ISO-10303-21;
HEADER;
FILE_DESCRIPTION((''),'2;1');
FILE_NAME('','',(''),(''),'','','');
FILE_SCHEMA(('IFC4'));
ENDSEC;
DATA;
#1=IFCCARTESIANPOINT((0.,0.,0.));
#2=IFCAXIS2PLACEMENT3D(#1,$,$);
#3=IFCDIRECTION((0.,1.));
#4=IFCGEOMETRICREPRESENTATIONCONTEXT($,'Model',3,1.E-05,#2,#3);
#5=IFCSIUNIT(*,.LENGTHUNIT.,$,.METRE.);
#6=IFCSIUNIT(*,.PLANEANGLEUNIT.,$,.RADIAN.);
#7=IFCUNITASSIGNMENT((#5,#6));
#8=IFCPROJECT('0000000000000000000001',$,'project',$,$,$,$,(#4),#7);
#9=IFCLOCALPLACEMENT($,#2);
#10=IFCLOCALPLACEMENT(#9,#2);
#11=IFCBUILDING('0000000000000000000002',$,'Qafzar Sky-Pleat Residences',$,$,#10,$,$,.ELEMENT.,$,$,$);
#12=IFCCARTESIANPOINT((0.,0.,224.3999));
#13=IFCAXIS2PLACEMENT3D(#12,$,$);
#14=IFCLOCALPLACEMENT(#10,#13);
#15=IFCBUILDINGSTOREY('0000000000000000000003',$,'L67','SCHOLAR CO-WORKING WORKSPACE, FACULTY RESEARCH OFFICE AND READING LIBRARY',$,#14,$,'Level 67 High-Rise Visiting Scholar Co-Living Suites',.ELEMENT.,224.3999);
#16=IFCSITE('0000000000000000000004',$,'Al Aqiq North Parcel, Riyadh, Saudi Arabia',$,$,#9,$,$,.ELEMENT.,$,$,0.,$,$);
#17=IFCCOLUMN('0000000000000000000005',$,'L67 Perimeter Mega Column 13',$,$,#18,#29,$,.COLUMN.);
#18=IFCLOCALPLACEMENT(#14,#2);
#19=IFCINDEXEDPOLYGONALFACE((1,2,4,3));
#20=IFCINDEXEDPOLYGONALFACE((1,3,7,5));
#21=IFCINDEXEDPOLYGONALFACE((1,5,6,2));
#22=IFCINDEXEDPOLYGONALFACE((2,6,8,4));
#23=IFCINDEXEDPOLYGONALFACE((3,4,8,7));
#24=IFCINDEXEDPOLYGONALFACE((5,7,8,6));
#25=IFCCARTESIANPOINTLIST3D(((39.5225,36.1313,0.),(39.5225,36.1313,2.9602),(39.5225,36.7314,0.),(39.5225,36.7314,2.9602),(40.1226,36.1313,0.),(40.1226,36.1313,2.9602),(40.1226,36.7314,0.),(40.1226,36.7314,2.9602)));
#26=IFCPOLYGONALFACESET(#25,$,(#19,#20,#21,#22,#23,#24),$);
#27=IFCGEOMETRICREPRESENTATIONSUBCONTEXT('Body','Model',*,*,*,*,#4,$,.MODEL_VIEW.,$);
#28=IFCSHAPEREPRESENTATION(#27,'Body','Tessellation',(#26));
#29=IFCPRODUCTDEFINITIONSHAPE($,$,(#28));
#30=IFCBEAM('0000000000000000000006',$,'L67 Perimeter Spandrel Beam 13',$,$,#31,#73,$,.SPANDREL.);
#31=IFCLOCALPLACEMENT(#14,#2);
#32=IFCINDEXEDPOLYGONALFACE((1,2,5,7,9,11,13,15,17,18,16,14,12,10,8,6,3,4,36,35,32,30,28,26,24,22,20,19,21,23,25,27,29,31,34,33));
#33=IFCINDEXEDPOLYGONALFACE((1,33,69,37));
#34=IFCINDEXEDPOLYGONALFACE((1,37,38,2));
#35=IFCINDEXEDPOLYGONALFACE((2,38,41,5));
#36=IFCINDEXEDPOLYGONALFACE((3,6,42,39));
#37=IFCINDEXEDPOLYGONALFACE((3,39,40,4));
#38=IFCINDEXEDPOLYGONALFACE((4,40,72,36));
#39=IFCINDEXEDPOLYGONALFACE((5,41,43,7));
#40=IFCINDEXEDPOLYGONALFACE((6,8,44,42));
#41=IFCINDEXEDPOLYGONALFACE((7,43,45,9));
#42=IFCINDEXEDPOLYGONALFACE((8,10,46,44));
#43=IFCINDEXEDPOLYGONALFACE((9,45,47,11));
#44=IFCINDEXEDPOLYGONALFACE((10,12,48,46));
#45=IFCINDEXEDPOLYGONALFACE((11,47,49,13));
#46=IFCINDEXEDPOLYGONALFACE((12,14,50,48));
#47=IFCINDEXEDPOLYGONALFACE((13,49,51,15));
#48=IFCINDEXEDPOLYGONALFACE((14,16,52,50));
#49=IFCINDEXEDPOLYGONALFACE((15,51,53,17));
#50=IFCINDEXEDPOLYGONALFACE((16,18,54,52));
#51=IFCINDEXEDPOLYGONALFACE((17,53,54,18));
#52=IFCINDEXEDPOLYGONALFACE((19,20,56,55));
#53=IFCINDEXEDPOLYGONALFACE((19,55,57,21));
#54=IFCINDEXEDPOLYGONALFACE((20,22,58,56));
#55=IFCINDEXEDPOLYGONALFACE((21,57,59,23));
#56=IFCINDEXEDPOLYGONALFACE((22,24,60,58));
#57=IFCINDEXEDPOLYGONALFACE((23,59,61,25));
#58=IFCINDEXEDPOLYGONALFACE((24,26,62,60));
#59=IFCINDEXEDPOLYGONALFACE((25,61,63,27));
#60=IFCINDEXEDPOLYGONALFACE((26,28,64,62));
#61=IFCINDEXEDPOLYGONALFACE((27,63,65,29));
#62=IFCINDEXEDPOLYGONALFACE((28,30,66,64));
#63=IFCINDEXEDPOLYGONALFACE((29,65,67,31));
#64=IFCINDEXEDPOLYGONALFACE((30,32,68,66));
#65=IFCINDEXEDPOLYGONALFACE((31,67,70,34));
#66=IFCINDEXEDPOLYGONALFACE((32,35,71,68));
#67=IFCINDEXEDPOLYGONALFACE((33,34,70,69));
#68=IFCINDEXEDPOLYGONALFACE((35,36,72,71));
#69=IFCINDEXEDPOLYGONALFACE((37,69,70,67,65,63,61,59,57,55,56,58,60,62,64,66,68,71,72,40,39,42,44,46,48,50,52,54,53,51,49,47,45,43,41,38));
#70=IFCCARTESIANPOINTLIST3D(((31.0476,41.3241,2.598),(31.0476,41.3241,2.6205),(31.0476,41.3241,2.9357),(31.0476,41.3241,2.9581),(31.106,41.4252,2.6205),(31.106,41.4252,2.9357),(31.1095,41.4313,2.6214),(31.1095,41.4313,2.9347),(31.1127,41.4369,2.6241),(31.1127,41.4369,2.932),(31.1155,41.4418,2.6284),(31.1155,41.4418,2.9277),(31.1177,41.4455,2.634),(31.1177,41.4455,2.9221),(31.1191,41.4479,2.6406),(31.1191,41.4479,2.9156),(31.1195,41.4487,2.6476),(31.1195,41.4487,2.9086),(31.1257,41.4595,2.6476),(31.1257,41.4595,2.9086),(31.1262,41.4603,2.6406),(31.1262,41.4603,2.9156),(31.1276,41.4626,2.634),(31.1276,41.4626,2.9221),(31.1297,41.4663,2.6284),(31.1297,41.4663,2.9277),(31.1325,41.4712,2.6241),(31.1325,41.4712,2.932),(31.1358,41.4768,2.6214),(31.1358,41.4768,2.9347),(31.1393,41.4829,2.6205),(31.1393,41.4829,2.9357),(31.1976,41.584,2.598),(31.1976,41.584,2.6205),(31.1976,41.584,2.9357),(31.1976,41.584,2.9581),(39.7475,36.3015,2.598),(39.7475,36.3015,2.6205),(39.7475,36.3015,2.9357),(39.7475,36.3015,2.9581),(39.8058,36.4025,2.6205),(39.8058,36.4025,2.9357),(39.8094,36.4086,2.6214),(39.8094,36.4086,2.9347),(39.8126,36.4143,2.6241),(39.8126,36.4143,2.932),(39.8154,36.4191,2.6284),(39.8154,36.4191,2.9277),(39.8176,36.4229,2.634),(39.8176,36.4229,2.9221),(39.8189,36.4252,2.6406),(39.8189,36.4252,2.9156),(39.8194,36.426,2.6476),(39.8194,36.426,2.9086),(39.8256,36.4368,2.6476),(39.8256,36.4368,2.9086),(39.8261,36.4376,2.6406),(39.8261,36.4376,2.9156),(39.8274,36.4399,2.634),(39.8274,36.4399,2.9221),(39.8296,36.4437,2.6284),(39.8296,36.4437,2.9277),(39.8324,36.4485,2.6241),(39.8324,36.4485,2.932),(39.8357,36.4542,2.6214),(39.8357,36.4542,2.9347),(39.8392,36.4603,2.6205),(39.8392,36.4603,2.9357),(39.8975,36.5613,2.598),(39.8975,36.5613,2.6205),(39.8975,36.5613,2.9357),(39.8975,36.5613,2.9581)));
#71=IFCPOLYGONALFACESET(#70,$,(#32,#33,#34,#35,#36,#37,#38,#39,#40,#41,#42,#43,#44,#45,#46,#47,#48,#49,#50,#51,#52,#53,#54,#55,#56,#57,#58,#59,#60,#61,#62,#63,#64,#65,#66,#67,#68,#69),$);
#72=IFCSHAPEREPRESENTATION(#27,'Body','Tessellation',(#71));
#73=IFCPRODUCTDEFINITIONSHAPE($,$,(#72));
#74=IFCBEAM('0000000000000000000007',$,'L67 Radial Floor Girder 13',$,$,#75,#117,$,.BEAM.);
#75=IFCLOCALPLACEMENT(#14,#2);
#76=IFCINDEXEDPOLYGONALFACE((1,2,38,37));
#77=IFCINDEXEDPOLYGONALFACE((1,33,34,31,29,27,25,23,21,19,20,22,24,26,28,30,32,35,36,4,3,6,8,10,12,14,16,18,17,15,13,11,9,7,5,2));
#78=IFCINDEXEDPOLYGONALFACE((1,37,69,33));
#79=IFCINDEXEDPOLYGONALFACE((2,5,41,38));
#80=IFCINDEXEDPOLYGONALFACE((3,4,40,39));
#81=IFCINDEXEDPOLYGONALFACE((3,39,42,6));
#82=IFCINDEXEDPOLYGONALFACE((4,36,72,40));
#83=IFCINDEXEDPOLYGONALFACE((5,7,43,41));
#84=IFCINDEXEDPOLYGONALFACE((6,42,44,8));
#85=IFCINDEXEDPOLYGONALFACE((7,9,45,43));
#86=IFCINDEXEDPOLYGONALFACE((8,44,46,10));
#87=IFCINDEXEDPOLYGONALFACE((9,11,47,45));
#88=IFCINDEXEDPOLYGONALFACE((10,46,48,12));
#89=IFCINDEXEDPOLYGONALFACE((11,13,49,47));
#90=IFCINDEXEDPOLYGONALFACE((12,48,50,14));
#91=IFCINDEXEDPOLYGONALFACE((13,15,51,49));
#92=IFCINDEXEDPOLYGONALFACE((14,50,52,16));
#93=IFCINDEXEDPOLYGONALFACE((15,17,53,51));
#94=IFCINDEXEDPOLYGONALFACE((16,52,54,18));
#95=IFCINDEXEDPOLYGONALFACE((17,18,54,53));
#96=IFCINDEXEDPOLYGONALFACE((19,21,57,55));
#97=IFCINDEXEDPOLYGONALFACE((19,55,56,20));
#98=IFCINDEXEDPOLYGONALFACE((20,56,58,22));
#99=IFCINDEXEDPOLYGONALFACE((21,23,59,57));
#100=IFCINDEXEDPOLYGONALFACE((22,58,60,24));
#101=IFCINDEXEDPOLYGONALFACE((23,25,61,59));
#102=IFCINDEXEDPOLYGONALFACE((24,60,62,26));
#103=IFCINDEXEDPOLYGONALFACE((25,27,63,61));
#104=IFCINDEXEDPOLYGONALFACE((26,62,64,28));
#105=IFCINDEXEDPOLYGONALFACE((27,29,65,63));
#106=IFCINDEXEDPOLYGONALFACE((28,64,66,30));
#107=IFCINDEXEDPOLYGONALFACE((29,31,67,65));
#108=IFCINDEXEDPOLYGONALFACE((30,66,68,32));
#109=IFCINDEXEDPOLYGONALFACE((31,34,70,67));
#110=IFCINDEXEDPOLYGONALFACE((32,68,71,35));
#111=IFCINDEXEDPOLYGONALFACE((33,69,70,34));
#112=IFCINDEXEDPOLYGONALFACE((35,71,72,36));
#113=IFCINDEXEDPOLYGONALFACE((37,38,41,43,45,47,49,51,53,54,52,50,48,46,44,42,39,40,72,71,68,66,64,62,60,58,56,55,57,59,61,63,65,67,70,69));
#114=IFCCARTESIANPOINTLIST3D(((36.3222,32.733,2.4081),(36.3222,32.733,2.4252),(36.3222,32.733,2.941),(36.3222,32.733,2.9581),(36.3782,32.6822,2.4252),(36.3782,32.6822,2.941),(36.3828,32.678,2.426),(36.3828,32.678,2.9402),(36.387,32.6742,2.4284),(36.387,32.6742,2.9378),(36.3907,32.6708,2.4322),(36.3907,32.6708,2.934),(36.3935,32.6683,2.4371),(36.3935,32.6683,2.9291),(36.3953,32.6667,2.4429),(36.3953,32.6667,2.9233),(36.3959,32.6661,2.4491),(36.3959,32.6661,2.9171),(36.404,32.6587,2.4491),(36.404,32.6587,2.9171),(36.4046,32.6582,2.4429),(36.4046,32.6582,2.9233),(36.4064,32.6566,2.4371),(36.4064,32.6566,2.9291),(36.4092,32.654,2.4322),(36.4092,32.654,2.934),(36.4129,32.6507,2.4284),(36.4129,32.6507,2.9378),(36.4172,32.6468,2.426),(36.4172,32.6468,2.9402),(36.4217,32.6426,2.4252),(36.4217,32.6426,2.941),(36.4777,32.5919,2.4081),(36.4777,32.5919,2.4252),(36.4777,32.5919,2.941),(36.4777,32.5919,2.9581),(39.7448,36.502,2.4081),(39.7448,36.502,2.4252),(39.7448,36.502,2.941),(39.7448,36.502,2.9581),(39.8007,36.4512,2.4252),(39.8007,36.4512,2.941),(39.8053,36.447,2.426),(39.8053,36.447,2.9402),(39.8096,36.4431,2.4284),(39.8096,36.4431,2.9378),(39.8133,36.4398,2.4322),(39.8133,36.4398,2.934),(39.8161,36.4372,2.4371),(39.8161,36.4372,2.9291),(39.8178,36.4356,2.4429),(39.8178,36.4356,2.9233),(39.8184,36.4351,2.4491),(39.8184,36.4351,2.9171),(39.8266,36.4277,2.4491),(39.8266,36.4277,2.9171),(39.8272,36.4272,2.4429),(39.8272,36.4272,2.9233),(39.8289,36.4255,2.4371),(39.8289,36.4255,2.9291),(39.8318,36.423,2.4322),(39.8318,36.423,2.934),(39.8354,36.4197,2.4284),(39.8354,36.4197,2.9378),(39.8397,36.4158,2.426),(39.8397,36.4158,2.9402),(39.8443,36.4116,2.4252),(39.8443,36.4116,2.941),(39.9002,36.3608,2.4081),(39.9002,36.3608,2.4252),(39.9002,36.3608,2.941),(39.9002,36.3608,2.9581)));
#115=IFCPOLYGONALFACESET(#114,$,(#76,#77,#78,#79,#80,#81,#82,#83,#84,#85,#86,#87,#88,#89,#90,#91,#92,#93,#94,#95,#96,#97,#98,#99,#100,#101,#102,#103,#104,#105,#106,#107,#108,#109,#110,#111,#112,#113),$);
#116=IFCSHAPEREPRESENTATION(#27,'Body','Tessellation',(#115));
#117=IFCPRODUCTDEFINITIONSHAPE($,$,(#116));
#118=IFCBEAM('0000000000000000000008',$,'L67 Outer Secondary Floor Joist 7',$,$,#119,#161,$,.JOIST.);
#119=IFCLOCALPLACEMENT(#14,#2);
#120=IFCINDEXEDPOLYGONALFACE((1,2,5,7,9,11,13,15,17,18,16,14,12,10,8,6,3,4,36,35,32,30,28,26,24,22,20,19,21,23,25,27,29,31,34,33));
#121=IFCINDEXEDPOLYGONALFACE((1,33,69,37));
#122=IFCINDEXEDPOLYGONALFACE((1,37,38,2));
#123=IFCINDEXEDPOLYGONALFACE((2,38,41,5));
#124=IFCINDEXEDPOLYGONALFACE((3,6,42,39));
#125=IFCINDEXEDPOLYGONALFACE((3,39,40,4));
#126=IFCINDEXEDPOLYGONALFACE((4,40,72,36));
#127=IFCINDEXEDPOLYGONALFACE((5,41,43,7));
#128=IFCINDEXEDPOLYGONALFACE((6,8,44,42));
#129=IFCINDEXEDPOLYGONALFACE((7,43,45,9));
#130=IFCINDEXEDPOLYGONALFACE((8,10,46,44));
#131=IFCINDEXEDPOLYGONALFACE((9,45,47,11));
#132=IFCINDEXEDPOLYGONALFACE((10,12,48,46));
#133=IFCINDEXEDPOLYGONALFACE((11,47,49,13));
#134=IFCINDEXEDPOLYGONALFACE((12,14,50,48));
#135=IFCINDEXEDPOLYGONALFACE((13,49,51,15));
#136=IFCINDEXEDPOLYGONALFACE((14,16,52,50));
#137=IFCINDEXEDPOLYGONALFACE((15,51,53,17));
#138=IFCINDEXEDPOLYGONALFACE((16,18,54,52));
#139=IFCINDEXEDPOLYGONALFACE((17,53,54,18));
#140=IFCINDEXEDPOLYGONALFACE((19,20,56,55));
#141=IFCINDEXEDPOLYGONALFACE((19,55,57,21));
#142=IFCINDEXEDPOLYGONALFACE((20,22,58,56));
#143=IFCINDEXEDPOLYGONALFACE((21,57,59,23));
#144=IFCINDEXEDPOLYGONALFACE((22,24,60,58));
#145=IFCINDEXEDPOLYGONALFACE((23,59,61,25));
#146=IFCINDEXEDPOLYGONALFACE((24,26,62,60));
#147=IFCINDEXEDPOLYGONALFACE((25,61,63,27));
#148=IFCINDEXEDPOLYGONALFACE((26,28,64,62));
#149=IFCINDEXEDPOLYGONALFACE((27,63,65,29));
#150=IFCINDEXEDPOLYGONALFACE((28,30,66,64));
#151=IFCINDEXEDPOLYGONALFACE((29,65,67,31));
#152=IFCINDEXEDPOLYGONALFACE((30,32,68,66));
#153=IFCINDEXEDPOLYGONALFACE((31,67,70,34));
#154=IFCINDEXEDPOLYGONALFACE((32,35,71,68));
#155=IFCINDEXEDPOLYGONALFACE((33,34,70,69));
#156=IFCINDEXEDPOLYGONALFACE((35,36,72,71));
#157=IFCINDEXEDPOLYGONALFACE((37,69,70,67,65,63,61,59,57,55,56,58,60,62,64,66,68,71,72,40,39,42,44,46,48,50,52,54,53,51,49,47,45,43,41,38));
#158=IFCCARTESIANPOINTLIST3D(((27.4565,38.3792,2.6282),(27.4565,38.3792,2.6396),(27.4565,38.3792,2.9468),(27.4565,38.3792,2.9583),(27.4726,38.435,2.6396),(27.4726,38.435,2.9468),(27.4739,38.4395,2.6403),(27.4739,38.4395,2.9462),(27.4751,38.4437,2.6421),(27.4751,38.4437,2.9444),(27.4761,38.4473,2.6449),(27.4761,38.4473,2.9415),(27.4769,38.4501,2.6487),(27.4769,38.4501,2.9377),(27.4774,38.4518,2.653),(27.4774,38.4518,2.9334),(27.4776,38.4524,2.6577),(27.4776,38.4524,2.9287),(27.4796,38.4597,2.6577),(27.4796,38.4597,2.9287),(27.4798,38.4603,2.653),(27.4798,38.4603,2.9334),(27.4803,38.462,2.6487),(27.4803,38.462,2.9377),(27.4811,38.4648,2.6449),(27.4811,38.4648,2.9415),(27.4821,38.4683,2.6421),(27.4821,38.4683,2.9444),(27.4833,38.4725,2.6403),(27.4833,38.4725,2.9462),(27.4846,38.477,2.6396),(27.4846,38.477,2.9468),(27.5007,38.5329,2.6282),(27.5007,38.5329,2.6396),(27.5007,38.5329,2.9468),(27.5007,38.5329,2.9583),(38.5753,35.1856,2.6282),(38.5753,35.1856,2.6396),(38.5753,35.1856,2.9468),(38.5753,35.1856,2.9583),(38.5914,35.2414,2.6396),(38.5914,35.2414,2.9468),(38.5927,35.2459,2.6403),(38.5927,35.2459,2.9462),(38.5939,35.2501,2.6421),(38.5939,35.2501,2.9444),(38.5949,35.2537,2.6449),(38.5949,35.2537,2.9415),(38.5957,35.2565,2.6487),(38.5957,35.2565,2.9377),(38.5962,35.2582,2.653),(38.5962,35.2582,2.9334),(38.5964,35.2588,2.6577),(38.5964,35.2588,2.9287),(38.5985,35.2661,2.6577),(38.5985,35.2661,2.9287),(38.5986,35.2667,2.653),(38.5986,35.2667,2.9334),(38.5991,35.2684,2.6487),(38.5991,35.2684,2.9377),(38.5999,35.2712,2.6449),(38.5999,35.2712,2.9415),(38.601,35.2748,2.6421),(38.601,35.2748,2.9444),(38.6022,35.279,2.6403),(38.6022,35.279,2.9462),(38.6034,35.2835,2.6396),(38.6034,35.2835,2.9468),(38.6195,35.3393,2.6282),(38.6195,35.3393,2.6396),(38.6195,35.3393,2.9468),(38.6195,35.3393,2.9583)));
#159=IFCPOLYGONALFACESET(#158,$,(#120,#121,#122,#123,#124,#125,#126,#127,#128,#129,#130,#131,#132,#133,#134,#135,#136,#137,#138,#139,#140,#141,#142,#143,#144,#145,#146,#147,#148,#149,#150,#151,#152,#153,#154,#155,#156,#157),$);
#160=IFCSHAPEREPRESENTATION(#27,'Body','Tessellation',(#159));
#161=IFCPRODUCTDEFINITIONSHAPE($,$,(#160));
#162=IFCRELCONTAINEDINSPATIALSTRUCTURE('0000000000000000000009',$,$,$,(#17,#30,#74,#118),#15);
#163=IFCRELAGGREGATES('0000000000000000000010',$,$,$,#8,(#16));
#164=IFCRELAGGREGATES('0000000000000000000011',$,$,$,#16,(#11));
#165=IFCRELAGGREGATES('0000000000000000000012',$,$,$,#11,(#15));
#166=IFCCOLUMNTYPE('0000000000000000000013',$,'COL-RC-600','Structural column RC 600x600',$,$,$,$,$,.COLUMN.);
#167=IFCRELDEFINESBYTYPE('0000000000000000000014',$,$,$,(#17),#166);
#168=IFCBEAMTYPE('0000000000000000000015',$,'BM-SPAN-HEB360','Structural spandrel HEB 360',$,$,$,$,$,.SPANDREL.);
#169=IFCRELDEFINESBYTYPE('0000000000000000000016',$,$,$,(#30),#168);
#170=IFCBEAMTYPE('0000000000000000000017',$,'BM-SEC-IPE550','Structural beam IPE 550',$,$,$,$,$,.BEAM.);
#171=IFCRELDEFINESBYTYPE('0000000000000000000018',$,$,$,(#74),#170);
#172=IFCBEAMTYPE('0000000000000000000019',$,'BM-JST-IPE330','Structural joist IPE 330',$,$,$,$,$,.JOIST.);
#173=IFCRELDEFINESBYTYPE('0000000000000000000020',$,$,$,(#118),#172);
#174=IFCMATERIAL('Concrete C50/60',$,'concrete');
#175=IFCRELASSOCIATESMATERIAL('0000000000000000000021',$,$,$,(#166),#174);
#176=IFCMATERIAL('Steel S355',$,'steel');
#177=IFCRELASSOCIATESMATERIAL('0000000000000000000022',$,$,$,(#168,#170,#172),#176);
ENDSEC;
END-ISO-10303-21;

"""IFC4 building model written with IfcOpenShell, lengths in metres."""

from ifc_helpers import new_model, si_unit, direction, frame, origin, origin_2d, place, context, subcontext, project, spatial, rectangle, i_section, extrude, source, transform, mapped, material, material_profile, profile_set, type_object, element, save


model = new_model("IFC4")

# Units and contexts
model_context = context("Model", 3, precision=1e-05, world=origin(), true_north=direction((0.0, 1.0)))
body_context = subcontext(model_context, "Body", "Model", "MODEL_VIEW")
ifc_project = project(units=[si_unit("LENGTHUNIT", "METRE"), si_unit("PLANEANGLEUNIT", "RADIAN")], contexts=[model_context])

# Site, building, storey
site_placement = place(None, origin())
site = spatial("IfcSite", under=ifc_project, at=site_placement, Name="Al Aqiq North Parcel, Riyadh, Saudi Arabia", CompositionType="ELEMENT", RefElevation=0.0)
building_placement = place(site_placement, origin())
building = spatial("IfcBuilding", under=site, at=building_placement, Name="Qafzar Sky-Pleat Residences", CompositionType="ELEMENT")
storey_placement = place(building_placement, frame((0.0, 0.0, 224.3999)))
storey = spatial("IfcBuildingStorey", under=building, at=storey_placement, Name="L67", Description="SCHOLAR CO-WORKING WORKSPACE, FACULTY RESEARCH OFFICE AND READING LIBRARY", LongName="Level 67 High-Rise Visiting Scholar Co-Living Suites", CompositionType="ELEMENT", Elevation=224.3999)

# Column
ifc_material_1 = material(Name="Concrete C50/60", Category="concrete")
ifc_material_profile_1 = material_profile(ifc_material_1, rectangle(XDim=0.6001, YDim=0.6001, at=origin_2d()), Name="RC 600x600")
ifc_profile_set_1 = profile_set([ifc_material_profile_1], Name="Concrete C50/60")
column_type = type_object("IfcColumnType", Name="COL-RC-600", Description="Structural column RC 600x600", PredefinedType="COLUMN", material=ifc_profile_set_1)
shared_shape_1 = source(origin(), body_context, "Body", "SweptSolid", [
    extrude(rectangle(XDim=0.6001, YDim=0.6001, at=origin_2d()), origin(), (0.0, 0.0, 1.0), 2.9602),
])
column_placement = place(storey_placement, frame((39.8225, 36.4314, 0.0), z_axis=(0.0, 0.0, 1.0), x_axis=(1.0, 0.0, 0.0)))
element("IfcColumn", 1, at=column_placement, inside=storey, type_object=column_type, Name="L67 Perimeter Mega Column 13", PredefinedType="COLUMN", context=body_context, shape_type="MappedRepresentation", body=[
    mapped(shared_shape_1, transform((0.0, 0.0, 0.0), x_axis=(1.0, 0.0, 0.0), y_axis=(0.0, 1.0, 0.0), z_axis=(0.0, 0.0, 1.0), scale=1.0)),
])

# Beams
ifc_material_2 = material(Name="Steel S355", Category="steel")
ifc_material_profile_2 = material_profile(ifc_material_2, i_section(OverallWidth=0.3, OverallDepth=0.3601, WebThickness=0.0125, FlangeThickness=0.0225, FilletRadius=0.0271, at=origin_2d()), Name="HEB 360")
ifc_profile_set_2 = profile_set([ifc_material_profile_2], Name="Steel S355")
beam_type_1 = type_object("IfcBeamType", Name="BM-SPAN-HEB360", Description="Structural spandrel HEB 360", PredefinedType="SPANDREL", material=ifc_profile_set_2)
shared_shape_2 = source(origin(), body_context, "Body", "SweptSolid", [
    extrude(i_section(OverallWidth=0.3, OverallDepth=0.3601, WebThickness=0.0125, FlangeThickness=0.0225, FilletRadius=0.0271, at=origin_2d()), origin(), (0.0, 0.0, 1.0), 10.0457),
])
beam_1_placement = place(storey_placement, frame((39.8225, 36.4314, 2.7781), z_axis=(-0.866035, 0.499984, 0.0), x_axis=(-0.499984, -0.866035, 0.0)))
element("IfcBeam", 2, at=beam_1_placement, inside=storey, type_object=beam_type_1, Name="L67 Perimeter Spandrel Beam 13", PredefinedType="SPANDREL", context=body_context, shape_type="MappedRepresentation", body=[
    mapped(shared_shape_2, transform((0.0, 0.0, 0.0), x_axis=(1.0, 0.0, 0.0), y_axis=(0.0, 1.0, 0.0), z_axis=(0.0, 0.0, 1.0), scale=1.0)),
])
ifc_material_profile_3 = material_profile(ifc_material_2, i_section(OverallWidth=0.21, OverallDepth=0.55, WebThickness=0.011, FlangeThickness=0.0171, FilletRadius=0.0239, at=origin_2d()), Name="IPE 550")
ifc_profile_set_3 = profile_set([ifc_material_profile_3], Name="Steel S355")
beam_type_2 = type_object("IfcBeamType", Name="BM-SEC-IPE550", Description="Structural beam IPE 550", PredefinedType="BEAM", material=ifc_profile_set_3)
shared_shape_3 = source(origin(), body_context, "Body", "SweptSolid", [
    extrude(i_section(OverallWidth=0.21, OverallDepth=0.55, WebThickness=0.011, FlangeThickness=0.0171, FilletRadius=0.0239, at=origin_2d()), origin(), (0.0, 0.0, 1.0), 5.0911),
])
beam_2_placement = place(storey_placement, frame((39.8225, 36.4314, 2.6831), z_axis=(-0.672265, -0.740311, 0.0), x_axis=(0.740311, -0.672265, 0.0)))
element("IfcBeam", 3, at=beam_2_placement, inside=storey, type_object=beam_type_2, Name="L67 Radial Floor Girder 13", PredefinedType="BEAM", context=body_context, shape_type="MappedRepresentation", body=[
    mapped(shared_shape_3, transform((0.0, 0.0, 0.0), x_axis=(1.0, 0.0, 0.0), y_axis=(0.0, 1.0, 0.0), z_axis=(0.0, 0.0, 1.0), scale=1.0)),
])
ifc_material_profile_4 = material_profile(ifc_material_2, i_section(OverallWidth=0.1599, OverallDepth=0.3301, WebThickness=0.0076, FlangeThickness=0.0115, FilletRadius=0.0181, at=origin_2d()), Name="IPE 330")
ifc_profile_set_4 = profile_set([ifc_material_profile_4], Name="Steel S355")
beam_type_3 = type_object("IfcBeamType", Name="BM-JST-IPE330", Description="Structural joist IPE 330", PredefinedType="JOIST", material=ifc_profile_set_4)
shared_shape_4 = source(origin(), body_context, "Body", "SweptSolid", [
    extrude(i_section(OverallWidth=0.1599, OverallDepth=0.3301, WebThickness=0.0076, FlangeThickness=0.0115, FilletRadius=0.0181, at=origin_2d()), origin(), (0.0, 0.0, 1.0), 11.5684),
])
beam_3_placement = place(storey_placement, frame((38.5974, 35.2625, 2.7932), z_axis=(-0.96114, 0.276062, 0.0), x_axis=(-0.276062, -0.96114, 0.0)))
element("IfcBeam", 4, at=beam_3_placement, inside=storey, type_object=beam_type_3, Name="L67 Outer Secondary Floor Joist 7", PredefinedType="JOIST", context=body_context, shape_type="MappedRepresentation", body=[
    mapped(shared_shape_4, transform((0.0, 0.0, 0.0), x_axis=(1.0, 0.0, 0.0), y_axis=(0.0, 1.0, 0.0), z_axis=(0.0, 0.0, 1.0), scale=1.0)),
])

save(model, "model.ifc")
